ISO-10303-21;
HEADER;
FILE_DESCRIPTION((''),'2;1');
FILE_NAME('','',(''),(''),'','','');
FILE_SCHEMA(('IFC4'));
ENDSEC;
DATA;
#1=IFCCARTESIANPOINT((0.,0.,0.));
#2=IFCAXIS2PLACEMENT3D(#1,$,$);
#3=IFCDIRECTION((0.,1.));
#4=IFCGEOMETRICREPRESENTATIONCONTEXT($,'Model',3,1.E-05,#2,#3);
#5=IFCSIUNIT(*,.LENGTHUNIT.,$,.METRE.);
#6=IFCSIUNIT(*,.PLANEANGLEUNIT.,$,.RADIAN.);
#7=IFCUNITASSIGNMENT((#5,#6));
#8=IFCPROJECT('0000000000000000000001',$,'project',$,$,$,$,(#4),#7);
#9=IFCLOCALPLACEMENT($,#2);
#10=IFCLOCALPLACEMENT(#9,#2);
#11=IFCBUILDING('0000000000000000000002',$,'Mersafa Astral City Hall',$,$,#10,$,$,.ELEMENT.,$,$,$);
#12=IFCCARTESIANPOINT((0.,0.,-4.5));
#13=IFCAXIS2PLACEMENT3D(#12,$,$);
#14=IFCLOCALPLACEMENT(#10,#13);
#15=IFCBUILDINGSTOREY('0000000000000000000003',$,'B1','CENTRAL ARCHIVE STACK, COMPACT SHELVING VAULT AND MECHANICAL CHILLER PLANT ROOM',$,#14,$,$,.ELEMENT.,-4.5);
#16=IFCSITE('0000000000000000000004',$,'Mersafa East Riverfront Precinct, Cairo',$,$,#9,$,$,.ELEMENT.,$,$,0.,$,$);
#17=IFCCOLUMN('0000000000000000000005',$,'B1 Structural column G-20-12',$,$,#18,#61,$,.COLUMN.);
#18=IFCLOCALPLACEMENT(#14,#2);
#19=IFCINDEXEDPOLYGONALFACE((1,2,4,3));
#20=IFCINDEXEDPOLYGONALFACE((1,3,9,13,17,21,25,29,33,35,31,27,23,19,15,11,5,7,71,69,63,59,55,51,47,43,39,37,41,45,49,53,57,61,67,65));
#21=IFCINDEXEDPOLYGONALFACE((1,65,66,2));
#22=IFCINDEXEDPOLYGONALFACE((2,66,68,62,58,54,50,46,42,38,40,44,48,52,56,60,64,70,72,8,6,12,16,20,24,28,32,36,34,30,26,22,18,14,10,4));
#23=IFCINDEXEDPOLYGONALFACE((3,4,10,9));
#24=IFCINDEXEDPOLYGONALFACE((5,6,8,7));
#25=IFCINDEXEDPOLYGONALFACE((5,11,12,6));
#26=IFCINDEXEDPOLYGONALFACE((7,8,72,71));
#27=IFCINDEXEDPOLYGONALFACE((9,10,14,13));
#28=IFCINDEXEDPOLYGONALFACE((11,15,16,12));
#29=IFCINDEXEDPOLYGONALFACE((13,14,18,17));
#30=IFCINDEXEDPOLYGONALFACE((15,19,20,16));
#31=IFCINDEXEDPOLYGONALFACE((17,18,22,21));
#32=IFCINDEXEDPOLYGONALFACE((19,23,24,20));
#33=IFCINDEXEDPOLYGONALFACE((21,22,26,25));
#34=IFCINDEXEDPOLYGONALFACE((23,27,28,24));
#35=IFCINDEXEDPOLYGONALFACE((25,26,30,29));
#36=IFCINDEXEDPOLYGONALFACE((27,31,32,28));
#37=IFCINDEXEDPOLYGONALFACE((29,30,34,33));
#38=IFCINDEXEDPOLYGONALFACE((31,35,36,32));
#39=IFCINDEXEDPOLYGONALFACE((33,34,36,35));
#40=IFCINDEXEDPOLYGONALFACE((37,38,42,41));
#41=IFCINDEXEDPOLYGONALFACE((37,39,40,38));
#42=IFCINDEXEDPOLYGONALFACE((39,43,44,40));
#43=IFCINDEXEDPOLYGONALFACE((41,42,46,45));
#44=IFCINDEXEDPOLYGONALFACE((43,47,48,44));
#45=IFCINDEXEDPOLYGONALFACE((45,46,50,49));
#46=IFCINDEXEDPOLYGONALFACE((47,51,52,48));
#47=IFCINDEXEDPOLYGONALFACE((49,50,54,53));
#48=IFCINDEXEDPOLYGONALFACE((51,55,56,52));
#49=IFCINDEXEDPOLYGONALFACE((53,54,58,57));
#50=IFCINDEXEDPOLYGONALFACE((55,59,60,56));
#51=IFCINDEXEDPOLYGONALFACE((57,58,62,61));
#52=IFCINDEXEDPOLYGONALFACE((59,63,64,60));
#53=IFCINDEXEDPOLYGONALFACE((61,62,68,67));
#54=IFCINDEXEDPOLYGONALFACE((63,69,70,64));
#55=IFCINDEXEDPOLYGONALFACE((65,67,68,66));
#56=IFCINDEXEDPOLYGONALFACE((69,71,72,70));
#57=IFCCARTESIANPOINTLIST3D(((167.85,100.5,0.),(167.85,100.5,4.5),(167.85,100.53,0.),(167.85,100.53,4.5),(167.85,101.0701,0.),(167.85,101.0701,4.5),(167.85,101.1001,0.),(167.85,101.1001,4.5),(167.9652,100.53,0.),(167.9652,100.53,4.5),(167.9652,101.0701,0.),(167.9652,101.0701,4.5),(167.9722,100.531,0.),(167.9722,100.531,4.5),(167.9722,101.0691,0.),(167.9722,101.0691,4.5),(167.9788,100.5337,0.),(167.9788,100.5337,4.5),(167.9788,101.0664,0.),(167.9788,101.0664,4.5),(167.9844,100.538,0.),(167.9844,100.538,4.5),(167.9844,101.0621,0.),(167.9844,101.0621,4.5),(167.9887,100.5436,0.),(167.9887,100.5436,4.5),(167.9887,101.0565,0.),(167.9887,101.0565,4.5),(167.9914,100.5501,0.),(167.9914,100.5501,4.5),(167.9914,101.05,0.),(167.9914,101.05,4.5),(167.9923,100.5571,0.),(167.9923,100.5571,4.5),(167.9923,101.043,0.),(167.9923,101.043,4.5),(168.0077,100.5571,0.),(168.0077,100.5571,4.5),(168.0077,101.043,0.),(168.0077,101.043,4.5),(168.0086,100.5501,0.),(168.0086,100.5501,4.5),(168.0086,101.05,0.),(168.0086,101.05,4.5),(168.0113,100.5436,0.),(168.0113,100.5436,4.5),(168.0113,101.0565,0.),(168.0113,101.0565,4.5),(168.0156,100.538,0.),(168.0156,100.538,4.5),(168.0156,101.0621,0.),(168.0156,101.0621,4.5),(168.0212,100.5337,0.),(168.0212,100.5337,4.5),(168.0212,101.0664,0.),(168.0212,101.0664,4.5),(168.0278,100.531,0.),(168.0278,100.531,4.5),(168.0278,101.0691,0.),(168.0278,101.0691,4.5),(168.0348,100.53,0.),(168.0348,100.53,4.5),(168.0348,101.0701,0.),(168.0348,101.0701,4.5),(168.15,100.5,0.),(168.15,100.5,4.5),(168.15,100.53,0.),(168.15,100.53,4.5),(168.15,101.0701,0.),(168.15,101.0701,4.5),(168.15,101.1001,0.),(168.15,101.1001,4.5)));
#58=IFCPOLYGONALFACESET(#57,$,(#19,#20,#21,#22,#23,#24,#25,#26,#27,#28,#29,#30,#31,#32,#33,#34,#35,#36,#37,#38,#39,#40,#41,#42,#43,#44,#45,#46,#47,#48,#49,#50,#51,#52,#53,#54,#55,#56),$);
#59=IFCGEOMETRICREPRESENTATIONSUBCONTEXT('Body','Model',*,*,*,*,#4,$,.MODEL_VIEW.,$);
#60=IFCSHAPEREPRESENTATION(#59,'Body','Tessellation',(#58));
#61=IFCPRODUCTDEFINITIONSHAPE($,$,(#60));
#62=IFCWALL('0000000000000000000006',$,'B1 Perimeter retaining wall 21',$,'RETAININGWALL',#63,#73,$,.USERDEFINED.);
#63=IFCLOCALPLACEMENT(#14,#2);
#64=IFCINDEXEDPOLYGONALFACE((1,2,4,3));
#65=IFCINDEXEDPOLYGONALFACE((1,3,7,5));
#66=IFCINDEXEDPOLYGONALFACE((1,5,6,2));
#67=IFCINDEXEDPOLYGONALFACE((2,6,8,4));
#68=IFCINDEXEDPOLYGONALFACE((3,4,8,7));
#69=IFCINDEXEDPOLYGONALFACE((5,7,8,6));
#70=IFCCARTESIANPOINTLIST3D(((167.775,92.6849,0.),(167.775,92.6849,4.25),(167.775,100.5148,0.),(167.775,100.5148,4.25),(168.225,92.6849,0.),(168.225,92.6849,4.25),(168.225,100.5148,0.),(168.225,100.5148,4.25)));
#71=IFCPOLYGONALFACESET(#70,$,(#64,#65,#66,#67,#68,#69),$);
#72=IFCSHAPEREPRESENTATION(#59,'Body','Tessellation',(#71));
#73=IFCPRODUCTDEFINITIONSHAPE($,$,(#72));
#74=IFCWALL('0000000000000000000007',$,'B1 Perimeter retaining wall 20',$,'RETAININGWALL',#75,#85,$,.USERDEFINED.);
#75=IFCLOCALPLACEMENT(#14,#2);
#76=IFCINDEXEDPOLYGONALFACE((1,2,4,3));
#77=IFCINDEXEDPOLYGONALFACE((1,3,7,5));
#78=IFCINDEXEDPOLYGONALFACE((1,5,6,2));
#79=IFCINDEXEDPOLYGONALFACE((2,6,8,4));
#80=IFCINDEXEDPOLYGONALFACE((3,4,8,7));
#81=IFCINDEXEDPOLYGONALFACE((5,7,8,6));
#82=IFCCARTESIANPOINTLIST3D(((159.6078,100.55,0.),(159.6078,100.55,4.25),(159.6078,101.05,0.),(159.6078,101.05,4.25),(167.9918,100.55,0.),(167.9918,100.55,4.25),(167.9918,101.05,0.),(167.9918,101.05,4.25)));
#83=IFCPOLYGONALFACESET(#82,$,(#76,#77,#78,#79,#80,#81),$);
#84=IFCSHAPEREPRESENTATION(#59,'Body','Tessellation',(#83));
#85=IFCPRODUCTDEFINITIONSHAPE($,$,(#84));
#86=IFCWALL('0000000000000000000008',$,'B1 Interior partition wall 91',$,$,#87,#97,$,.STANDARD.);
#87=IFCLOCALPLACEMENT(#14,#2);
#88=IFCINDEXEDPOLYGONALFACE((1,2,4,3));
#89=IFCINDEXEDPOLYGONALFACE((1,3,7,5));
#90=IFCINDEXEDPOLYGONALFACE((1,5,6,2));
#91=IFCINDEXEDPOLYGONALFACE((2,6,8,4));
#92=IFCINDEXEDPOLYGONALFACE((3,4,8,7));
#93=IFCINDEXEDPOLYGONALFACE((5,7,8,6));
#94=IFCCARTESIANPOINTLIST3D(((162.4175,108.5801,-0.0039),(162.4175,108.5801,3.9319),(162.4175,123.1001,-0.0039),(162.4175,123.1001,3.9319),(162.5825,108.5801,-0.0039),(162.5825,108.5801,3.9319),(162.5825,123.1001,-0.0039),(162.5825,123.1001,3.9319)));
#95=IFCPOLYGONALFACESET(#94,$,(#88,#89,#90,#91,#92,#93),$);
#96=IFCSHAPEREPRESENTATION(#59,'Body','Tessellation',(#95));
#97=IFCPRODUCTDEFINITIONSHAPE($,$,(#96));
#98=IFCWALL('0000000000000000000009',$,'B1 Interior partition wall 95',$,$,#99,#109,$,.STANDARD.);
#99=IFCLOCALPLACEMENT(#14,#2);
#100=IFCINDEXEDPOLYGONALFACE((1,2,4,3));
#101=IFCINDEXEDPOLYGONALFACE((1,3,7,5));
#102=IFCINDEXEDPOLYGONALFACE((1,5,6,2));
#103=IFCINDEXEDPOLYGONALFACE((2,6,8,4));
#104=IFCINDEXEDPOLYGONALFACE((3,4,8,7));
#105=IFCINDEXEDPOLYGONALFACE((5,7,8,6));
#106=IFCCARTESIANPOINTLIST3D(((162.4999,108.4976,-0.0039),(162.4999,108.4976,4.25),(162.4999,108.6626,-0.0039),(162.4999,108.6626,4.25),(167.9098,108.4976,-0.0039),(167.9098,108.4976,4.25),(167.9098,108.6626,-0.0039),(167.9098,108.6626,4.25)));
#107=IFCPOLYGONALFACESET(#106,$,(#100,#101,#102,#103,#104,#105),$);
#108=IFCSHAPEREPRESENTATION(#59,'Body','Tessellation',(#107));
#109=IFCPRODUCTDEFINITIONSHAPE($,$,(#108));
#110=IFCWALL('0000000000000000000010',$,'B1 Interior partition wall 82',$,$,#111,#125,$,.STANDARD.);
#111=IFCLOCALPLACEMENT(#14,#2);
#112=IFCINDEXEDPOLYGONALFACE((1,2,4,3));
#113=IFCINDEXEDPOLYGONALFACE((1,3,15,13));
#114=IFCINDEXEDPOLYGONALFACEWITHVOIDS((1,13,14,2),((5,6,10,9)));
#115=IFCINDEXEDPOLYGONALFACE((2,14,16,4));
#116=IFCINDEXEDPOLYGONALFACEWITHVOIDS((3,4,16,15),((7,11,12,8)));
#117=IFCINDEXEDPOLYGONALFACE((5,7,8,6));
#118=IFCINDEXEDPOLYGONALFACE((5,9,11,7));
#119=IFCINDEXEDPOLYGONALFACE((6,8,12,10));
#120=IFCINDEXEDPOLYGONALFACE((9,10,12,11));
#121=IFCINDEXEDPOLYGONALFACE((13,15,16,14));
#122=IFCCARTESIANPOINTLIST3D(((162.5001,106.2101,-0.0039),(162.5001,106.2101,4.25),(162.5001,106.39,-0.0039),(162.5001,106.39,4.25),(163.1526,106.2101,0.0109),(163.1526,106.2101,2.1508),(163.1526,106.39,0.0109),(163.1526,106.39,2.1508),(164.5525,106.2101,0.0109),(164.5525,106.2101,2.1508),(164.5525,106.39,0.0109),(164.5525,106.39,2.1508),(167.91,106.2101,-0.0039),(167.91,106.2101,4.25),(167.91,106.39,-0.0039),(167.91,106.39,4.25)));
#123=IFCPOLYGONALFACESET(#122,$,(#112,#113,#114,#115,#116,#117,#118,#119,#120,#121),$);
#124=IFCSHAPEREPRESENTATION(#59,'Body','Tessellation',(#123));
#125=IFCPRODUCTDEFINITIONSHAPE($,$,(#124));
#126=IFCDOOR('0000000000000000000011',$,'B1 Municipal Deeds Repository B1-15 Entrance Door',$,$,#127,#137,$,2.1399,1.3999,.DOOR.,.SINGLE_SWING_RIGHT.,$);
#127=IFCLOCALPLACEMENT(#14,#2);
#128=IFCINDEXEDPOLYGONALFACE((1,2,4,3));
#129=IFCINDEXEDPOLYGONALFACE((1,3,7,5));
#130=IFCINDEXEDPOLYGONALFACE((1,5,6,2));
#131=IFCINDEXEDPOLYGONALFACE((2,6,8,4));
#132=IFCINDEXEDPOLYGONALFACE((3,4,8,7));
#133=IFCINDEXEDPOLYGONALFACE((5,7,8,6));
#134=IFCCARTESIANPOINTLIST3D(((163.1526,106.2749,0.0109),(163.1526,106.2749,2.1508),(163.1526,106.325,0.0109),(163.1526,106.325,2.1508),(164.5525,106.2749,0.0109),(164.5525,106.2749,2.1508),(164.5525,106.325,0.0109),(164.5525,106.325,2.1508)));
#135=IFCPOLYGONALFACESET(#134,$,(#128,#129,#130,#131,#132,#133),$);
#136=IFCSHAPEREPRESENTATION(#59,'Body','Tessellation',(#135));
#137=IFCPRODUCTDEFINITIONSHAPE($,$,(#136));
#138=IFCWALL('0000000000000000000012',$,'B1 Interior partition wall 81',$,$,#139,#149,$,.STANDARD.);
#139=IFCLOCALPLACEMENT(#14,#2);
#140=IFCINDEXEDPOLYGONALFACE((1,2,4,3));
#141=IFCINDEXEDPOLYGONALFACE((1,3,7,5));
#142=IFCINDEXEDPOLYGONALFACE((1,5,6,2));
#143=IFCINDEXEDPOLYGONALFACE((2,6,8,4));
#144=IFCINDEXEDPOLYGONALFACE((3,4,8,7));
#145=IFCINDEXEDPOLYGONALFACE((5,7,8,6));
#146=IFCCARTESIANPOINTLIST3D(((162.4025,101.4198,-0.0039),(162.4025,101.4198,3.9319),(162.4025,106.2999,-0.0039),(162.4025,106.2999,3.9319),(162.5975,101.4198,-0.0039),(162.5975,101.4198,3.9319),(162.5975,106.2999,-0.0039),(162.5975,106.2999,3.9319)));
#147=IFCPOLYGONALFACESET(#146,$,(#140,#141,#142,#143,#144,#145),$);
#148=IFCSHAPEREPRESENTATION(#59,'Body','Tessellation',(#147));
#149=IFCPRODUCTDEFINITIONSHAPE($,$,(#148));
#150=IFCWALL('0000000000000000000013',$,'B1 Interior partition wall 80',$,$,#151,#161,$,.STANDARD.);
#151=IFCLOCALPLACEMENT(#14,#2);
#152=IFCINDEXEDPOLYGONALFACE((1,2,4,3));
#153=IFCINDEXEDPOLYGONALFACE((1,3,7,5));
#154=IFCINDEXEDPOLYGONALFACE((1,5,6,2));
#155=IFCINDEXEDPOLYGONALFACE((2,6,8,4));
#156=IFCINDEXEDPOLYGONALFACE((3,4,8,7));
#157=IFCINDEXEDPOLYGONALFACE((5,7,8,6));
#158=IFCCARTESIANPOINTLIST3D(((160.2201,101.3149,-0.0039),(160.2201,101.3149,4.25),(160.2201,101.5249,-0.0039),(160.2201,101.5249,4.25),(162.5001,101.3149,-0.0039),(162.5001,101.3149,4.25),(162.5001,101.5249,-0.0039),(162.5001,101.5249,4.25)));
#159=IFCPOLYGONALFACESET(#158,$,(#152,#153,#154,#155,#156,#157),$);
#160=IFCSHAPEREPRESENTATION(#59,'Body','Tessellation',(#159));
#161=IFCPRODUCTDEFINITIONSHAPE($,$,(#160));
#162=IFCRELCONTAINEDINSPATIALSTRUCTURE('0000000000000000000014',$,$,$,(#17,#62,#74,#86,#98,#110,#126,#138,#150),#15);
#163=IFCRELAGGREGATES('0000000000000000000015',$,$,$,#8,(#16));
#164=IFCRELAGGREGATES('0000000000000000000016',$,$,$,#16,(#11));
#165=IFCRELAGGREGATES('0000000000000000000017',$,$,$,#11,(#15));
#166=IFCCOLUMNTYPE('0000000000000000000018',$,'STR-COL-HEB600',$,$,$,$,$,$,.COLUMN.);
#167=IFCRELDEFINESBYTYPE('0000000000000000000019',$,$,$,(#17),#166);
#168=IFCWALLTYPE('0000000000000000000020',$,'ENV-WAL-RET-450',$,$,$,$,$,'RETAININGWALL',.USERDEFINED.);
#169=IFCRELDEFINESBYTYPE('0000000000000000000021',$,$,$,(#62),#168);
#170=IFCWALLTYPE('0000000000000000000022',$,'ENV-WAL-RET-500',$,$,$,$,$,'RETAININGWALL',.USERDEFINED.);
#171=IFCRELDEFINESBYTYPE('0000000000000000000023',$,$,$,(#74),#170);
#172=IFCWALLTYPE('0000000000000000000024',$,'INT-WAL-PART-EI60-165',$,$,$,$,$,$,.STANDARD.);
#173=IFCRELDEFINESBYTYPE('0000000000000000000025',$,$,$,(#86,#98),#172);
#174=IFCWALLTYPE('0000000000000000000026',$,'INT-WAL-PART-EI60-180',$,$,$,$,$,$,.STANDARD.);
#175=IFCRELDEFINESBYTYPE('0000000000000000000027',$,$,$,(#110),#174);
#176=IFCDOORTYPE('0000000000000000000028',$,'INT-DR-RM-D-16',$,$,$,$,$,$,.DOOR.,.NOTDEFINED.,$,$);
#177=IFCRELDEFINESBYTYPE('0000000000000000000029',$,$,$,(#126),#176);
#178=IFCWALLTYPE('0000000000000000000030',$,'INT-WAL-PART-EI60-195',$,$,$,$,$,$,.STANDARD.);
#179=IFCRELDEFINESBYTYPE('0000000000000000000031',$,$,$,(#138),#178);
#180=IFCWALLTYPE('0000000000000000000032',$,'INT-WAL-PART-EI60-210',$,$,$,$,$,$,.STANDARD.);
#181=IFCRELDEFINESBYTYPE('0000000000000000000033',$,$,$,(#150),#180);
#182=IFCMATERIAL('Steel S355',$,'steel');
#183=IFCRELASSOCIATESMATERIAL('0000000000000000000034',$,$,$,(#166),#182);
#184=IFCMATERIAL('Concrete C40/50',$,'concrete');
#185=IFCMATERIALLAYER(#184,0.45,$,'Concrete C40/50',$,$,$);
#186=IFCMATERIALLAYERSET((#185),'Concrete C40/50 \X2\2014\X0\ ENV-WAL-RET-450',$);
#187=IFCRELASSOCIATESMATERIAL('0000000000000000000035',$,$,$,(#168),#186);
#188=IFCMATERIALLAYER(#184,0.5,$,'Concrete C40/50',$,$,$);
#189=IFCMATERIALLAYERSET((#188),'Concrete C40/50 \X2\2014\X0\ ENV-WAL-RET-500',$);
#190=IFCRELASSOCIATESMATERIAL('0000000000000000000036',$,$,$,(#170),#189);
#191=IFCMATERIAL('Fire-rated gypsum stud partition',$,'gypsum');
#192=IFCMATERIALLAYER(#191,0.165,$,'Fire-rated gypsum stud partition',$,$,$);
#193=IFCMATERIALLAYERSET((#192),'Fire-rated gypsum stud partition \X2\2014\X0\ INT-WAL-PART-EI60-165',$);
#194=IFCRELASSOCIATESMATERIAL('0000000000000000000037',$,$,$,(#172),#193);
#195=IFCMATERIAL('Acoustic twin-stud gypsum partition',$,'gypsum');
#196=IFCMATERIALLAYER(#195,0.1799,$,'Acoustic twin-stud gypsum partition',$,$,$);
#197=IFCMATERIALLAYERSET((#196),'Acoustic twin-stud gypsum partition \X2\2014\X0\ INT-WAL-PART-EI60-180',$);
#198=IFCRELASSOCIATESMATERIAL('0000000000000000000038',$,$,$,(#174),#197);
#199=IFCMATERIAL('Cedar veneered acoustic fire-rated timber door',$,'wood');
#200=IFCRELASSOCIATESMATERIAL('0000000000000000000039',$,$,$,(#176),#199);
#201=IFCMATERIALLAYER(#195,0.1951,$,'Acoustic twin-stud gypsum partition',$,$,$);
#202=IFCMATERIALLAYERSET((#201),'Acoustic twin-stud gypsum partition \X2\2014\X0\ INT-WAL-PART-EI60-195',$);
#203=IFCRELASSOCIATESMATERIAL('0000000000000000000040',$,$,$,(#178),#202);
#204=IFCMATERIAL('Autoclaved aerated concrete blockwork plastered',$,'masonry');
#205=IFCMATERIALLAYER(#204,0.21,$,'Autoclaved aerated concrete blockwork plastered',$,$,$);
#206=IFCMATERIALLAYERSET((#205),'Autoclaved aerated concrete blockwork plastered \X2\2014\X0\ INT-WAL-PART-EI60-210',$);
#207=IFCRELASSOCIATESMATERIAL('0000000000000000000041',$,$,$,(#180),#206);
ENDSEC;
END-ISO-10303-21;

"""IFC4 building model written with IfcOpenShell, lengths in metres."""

from ifc_helpers import new_model, si_unit, direction, frame, frame_2d, origin, origin_2d, place, context, subcontext, project, spatial, rectangle, i_section, extrude, material, layer, layer_set, material_profile, profile_set, type_object, element, fill, save


model = new_model("IFC4")

# Units and contexts
model_context = context("Model", 3, precision=1e-05, world=origin(), true_north=direction((0.0, 1.0)))
body_context = subcontext(model_context, "Body", "Model", "MODEL_VIEW")
ifc_project = project(units=[si_unit("LENGTHUNIT", "METRE"), si_unit("PLANEANGLEUNIT", "RADIAN")], contexts=[model_context])

# Site, building, storey
site_placement = place(None, origin())
site = spatial("IfcSite", under=ifc_project, at=site_placement, Name="Mersafa East Riverfront Precinct, Cairo", CompositionType="ELEMENT", RefElevation=0.0)
building_placement = place(site_placement, origin())
building = spatial("IfcBuilding", under=site, at=building_placement, Name="Mersafa Astral City Hall", CompositionType="ELEMENT")
storey_placement = place(building_placement, frame((0.0, 0.0, -4.5)))
storey = spatial("IfcBuildingStorey", under=building, at=storey_placement, Name="B1", Description="CENTRAL ARCHIVE STACK, COMPACT SHELVING VAULT AND MECHANICAL CHILLER PLANT ROOM", CompositionType="ELEMENT", Elevation=-4.5)

# Shared definitions
ifc_material_1 = material(Name="Concrete C40/50", Category="concrete")

# Column
ifc_material_2 = material(Name="Steel S355", Category="steel")
ifc_material_profile_1 = material_profile(ifc_material_2, i_section(OverallWidth=0.3, OverallDepth=0.6001, WebThickness=0.0154, FlangeThickness=0.03, FilletRadius=0.0271, at=origin_2d()), Name="HEB 600")
ifc_profile_set_1 = profile_set([ifc_material_profile_1], Name="Steel S355")
column_type = type_object("IfcColumnType", Name="STR-COL-HEB600", PredefinedType="COLUMN", material=ifc_profile_set_1)
for number, where, z_axis, x_axis, name in (
    (1, (168.0, 100.8, 0.0), (0.0, 0.0, 1.0), (1.0, 0.0, 0.0), "B1 Structural column G-20-12"),
):
    element("IfcColumn", number, at=place(storey_placement, frame(where, z_axis=z_axis, x_axis=x_axis)), inside=storey, type_object=column_type, Name=name, PredefinedType="COLUMN", context=body_context, shape_type="SweptSolid", body=[
        extrude(i_section(OverallWidth=0.3, OverallDepth=0.6001, WebThickness=0.0154, FlangeThickness=0.03, FilletRadius=0.0271, at=origin_2d()), origin(), (0.0, 0.0, 1.0), 4.5),
    ])

# Walls
ifc_layer_1 = layer(ifc_material_1, 0.45, Name="Concrete C40/50")
ifc_layer_set_1 = layer_set([ifc_layer_1], Name="Concrete C40/50 — ENV-WAL-RET-450")
wall_type_1 = type_object("IfcWallType", Name="ENV-WAL-RET-450", ElementType="RETAININGWALL", PredefinedType="USERDEFINED", material=ifc_layer_set_1)
wall_1_placement = place(storey_placement, frame((168.0, 100.5149, 0.0), z_axis=(0.0, 0.0, 1.0), x_axis=(0.0, -1.0, 0.0)))
element("IfcWall", 2, at=wall_1_placement, inside=storey, type_object=wall_type_1, Name="B1 Perimeter retaining wall 21", ObjectType="RETAININGWALL", PredefinedType="USERDEFINED", context=body_context, shape_type="SweptSolid", body=[
    extrude(rectangle(XDim=7.8298, YDim=0.45, at=frame_2d((3.915, 0.0))), origin(), (0.0, 0.0, 1.0), 4.25),
])
ifc_layer_2 = layer(ifc_material_1, 0.5, Name="Concrete C40/50")
ifc_layer_set_2 = layer_set([ifc_layer_2], Name="Concrete C40/50 — ENV-WAL-RET-500")
wall_type_2 = type_object("IfcWallType", Name="ENV-WAL-RET-500", ElementType="RETAININGWALL", PredefinedType="USERDEFINED", material=ifc_layer_set_2)
wall_2_placement = place(storey_placement, frame((159.6079, 100.8, 0.0), z_axis=(0.0, 0.0, 1.0), x_axis=(1.0, 0.0, 0.0)))
element("IfcWall", 3, at=wall_2_placement, inside=storey, type_object=wall_type_2, Name="B1 Perimeter retaining wall 20", ObjectType="RETAININGWALL", PredefinedType="USERDEFINED", context=body_context, shape_type="SweptSolid", body=[
    extrude(rectangle(XDim=8.384, YDim=0.5, at=frame_2d((4.1919, 0.0))), origin(), (0.0, 0.0, 1.0), 4.25),
])
ifc_material_3 = material(Name="Fire-rated gypsum stud partition", Category="gypsum")
ifc_layer_3 = layer(ifc_material_3, 0.165, Name="Fire-rated gypsum stud partition")
ifc_layer_set_3 = layer_set([ifc_layer_3], Name="Fire-rated gypsum stud partition — INT-WAL-PART-EI60-165")
wall_type_3 = type_object("IfcWallType", Name="INT-WAL-PART-EI60-165", PredefinedType="STANDARD", material=ifc_layer_set_3)
wall_3_placement = place(storey_placement, frame((162.5, 108.5801, -0.0039), z_axis=(0.0, 0.0, 1.0), x_axis=(0.0, 1.0, 0.0)))
element("IfcWall", 4, at=wall_3_placement, inside=storey, type_object=wall_type_3, Name="B1 Interior partition wall 91", PredefinedType="STANDARD", context=body_context, shape_type="SweptSolid", body=[
    extrude(rectangle(XDim=14.52, YDim=0.165, at=frame_2d((7.26, 0.0))), origin(), (0.0, 0.0, 1.0), 3.9358),
])
wall_4_placement = place(storey_placement, frame((167.9099, 108.5801, -0.0039), z_axis=(0.0, 0.0, 1.0), x_axis=(-1.0, 0.0, 0.0)))
element("IfcWall", 5, at=wall_4_placement, inside=storey, type_object=wall_type_3, Name="B1 Interior partition wall 95", PredefinedType="STANDARD", context=body_context, shape_type="SweptSolid", body=[
    extrude(rectangle(XDim=5.4099, YDim=0.165, at=frame_2d((2.7051, 0.0))), origin(), (0.0, 0.0, 1.0), 4.2539),
])

# Wall, opening, door
ifc_material_4 = material(Name="Acoustic twin-stud gypsum partition", Category="gypsum")
ifc_layer_4 = layer(ifc_material_4, 0.1799, Name="Acoustic twin-stud gypsum partition")
ifc_layer_set_4 = layer_set([ifc_layer_4], Name="Acoustic twin-stud gypsum partition — INT-WAL-PART-EI60-180")
wall_type_4 = type_object("IfcWallType", Name="INT-WAL-PART-EI60-180", PredefinedType="STANDARD", material=ifc_layer_set_4)
wall_5_placement = place(storey_placement, frame((162.5, 106.3, -0.0039), z_axis=(0.0, 0.0, 1.0), x_axis=(1.0, 0.0, 0.0)))
wall_5 = element("IfcWall", 6, at=wall_5_placement, inside=storey, type_object=wall_type_4, Name="B1 Interior partition wall 82", PredefinedType="STANDARD", context=body_context, shape_type="SweptSolid", body=[
    extrude(rectangle(XDim=5.4099, YDim=0.1799, at=frame_2d((2.7051, 0.0))), origin(), (0.0, 0.0, 1.0), 4.2539),
])
opening_placement = place(wall_5_placement, frame((0.6526, 0.0, 0.0149)))
opening = element("IfcOpeningElement", 7, at=opening_placement, cuts=wall_5, PredefinedType="OPENING", context=body_context, shape_type="SweptSolid", body=[
    extrude(rectangle(XDim=1.3999, YDim=2.1399, at=frame_2d((0.7, 1.0698))), frame((0.0, 0.0999, 0.0), z_axis=(0.0, -1.0, 0.0), x_axis=(1.0, 0.0, 0.0)), (0.0, 0.0, 1.0), 0.2),
])
ifc_material_5 = material(Name="Cedar veneered acoustic fire-rated timber door", Category="wood")
door_type = type_object("IfcDoorType", Name="INT-DR-RM-D-16", OperationType="NOTDEFINED", PredefinedType="DOOR", material=ifc_material_5)
door_placement = place(opening_placement, origin())
door = element("IfcDoor", 8, at=door_placement, inside=storey, type_object=door_type, Name="B1 Municipal Deeds Repository B1-15 Entrance Door", OperationType="SINGLE_SWING_RIGHT", OverallHeight=2.1399, OverallWidth=1.3999, PredefinedType="DOOR", context=body_context, shape_type="SweptSolid", body=[
    extrude(rectangle(XDim=1.3999, YDim=2.1399, at=frame_2d((0.7, 1.0698))), frame((0.0, 0.0249, 0.0), z_axis=(0.0, -1.0, 0.0), x_axis=(1.0, 0.0, 0.0)), (0.0, 0.0, 1.0), 0.05),
])
fill(opening, door)

# Walls
ifc_layer_5 = layer(ifc_material_4, 0.1951, Name="Acoustic twin-stud gypsum partition")
ifc_layer_set_5 = layer_set([ifc_layer_5], Name="Acoustic twin-stud gypsum partition — INT-WAL-PART-EI60-195")
wall_type_5 = type_object("IfcWallType", Name="INT-WAL-PART-EI60-195", PredefinedType="STANDARD", material=ifc_layer_set_5)
wall_6_placement = place(storey_placement, frame((162.5, 101.4199, -0.0039), z_axis=(0.0, 0.0, 1.0), x_axis=(0.0, 1.0, 0.0)))
element("IfcWall", 9, at=wall_6_placement, inside=storey, type_object=wall_type_5, Name="B1 Interior partition wall 81", PredefinedType="STANDARD", context=body_context, shape_type="SweptSolid", body=[
    extrude(rectangle(XDim=4.8801, YDim=0.1951, at=frame_2d((2.4399, 0.0))), origin(), (0.0, 0.0, 1.0), 3.9358),
])
ifc_material_6 = material(Name="Autoclaved aerated concrete blockwork plastered", Category="masonry")
ifc_layer_6 = layer(ifc_material_6, 0.21, Name="Autoclaved aerated concrete blockwork plastered")
ifc_layer_set_6 = layer_set([ifc_layer_6], Name="Autoclaved aerated concrete blockwork plastered — INT-WAL-PART-EI60-210")
wall_type_6 = type_object("IfcWallType", Name="INT-WAL-PART-EI60-210", PredefinedType="STANDARD", material=ifc_layer_set_6)
wall_7_placement = place(storey_placement, frame((160.22, 101.4199, -0.0039), z_axis=(0.0, 0.0, 1.0), x_axis=(1.0, 0.0, 0.0)))
element("IfcWall", 10, at=wall_7_placement, inside=storey, type_object=wall_type_6, Name="B1 Interior partition wall 80", PredefinedType="STANDARD", context=body_context, shape_type="SweptSolid", body=[
    extrude(rectangle(XDim=2.28, YDim=0.21, at=frame_2d((1.1401, 0.0))), origin(), (0.0, 0.0, 1.0), 4.2539),
])

save(model, "model.ifc")
